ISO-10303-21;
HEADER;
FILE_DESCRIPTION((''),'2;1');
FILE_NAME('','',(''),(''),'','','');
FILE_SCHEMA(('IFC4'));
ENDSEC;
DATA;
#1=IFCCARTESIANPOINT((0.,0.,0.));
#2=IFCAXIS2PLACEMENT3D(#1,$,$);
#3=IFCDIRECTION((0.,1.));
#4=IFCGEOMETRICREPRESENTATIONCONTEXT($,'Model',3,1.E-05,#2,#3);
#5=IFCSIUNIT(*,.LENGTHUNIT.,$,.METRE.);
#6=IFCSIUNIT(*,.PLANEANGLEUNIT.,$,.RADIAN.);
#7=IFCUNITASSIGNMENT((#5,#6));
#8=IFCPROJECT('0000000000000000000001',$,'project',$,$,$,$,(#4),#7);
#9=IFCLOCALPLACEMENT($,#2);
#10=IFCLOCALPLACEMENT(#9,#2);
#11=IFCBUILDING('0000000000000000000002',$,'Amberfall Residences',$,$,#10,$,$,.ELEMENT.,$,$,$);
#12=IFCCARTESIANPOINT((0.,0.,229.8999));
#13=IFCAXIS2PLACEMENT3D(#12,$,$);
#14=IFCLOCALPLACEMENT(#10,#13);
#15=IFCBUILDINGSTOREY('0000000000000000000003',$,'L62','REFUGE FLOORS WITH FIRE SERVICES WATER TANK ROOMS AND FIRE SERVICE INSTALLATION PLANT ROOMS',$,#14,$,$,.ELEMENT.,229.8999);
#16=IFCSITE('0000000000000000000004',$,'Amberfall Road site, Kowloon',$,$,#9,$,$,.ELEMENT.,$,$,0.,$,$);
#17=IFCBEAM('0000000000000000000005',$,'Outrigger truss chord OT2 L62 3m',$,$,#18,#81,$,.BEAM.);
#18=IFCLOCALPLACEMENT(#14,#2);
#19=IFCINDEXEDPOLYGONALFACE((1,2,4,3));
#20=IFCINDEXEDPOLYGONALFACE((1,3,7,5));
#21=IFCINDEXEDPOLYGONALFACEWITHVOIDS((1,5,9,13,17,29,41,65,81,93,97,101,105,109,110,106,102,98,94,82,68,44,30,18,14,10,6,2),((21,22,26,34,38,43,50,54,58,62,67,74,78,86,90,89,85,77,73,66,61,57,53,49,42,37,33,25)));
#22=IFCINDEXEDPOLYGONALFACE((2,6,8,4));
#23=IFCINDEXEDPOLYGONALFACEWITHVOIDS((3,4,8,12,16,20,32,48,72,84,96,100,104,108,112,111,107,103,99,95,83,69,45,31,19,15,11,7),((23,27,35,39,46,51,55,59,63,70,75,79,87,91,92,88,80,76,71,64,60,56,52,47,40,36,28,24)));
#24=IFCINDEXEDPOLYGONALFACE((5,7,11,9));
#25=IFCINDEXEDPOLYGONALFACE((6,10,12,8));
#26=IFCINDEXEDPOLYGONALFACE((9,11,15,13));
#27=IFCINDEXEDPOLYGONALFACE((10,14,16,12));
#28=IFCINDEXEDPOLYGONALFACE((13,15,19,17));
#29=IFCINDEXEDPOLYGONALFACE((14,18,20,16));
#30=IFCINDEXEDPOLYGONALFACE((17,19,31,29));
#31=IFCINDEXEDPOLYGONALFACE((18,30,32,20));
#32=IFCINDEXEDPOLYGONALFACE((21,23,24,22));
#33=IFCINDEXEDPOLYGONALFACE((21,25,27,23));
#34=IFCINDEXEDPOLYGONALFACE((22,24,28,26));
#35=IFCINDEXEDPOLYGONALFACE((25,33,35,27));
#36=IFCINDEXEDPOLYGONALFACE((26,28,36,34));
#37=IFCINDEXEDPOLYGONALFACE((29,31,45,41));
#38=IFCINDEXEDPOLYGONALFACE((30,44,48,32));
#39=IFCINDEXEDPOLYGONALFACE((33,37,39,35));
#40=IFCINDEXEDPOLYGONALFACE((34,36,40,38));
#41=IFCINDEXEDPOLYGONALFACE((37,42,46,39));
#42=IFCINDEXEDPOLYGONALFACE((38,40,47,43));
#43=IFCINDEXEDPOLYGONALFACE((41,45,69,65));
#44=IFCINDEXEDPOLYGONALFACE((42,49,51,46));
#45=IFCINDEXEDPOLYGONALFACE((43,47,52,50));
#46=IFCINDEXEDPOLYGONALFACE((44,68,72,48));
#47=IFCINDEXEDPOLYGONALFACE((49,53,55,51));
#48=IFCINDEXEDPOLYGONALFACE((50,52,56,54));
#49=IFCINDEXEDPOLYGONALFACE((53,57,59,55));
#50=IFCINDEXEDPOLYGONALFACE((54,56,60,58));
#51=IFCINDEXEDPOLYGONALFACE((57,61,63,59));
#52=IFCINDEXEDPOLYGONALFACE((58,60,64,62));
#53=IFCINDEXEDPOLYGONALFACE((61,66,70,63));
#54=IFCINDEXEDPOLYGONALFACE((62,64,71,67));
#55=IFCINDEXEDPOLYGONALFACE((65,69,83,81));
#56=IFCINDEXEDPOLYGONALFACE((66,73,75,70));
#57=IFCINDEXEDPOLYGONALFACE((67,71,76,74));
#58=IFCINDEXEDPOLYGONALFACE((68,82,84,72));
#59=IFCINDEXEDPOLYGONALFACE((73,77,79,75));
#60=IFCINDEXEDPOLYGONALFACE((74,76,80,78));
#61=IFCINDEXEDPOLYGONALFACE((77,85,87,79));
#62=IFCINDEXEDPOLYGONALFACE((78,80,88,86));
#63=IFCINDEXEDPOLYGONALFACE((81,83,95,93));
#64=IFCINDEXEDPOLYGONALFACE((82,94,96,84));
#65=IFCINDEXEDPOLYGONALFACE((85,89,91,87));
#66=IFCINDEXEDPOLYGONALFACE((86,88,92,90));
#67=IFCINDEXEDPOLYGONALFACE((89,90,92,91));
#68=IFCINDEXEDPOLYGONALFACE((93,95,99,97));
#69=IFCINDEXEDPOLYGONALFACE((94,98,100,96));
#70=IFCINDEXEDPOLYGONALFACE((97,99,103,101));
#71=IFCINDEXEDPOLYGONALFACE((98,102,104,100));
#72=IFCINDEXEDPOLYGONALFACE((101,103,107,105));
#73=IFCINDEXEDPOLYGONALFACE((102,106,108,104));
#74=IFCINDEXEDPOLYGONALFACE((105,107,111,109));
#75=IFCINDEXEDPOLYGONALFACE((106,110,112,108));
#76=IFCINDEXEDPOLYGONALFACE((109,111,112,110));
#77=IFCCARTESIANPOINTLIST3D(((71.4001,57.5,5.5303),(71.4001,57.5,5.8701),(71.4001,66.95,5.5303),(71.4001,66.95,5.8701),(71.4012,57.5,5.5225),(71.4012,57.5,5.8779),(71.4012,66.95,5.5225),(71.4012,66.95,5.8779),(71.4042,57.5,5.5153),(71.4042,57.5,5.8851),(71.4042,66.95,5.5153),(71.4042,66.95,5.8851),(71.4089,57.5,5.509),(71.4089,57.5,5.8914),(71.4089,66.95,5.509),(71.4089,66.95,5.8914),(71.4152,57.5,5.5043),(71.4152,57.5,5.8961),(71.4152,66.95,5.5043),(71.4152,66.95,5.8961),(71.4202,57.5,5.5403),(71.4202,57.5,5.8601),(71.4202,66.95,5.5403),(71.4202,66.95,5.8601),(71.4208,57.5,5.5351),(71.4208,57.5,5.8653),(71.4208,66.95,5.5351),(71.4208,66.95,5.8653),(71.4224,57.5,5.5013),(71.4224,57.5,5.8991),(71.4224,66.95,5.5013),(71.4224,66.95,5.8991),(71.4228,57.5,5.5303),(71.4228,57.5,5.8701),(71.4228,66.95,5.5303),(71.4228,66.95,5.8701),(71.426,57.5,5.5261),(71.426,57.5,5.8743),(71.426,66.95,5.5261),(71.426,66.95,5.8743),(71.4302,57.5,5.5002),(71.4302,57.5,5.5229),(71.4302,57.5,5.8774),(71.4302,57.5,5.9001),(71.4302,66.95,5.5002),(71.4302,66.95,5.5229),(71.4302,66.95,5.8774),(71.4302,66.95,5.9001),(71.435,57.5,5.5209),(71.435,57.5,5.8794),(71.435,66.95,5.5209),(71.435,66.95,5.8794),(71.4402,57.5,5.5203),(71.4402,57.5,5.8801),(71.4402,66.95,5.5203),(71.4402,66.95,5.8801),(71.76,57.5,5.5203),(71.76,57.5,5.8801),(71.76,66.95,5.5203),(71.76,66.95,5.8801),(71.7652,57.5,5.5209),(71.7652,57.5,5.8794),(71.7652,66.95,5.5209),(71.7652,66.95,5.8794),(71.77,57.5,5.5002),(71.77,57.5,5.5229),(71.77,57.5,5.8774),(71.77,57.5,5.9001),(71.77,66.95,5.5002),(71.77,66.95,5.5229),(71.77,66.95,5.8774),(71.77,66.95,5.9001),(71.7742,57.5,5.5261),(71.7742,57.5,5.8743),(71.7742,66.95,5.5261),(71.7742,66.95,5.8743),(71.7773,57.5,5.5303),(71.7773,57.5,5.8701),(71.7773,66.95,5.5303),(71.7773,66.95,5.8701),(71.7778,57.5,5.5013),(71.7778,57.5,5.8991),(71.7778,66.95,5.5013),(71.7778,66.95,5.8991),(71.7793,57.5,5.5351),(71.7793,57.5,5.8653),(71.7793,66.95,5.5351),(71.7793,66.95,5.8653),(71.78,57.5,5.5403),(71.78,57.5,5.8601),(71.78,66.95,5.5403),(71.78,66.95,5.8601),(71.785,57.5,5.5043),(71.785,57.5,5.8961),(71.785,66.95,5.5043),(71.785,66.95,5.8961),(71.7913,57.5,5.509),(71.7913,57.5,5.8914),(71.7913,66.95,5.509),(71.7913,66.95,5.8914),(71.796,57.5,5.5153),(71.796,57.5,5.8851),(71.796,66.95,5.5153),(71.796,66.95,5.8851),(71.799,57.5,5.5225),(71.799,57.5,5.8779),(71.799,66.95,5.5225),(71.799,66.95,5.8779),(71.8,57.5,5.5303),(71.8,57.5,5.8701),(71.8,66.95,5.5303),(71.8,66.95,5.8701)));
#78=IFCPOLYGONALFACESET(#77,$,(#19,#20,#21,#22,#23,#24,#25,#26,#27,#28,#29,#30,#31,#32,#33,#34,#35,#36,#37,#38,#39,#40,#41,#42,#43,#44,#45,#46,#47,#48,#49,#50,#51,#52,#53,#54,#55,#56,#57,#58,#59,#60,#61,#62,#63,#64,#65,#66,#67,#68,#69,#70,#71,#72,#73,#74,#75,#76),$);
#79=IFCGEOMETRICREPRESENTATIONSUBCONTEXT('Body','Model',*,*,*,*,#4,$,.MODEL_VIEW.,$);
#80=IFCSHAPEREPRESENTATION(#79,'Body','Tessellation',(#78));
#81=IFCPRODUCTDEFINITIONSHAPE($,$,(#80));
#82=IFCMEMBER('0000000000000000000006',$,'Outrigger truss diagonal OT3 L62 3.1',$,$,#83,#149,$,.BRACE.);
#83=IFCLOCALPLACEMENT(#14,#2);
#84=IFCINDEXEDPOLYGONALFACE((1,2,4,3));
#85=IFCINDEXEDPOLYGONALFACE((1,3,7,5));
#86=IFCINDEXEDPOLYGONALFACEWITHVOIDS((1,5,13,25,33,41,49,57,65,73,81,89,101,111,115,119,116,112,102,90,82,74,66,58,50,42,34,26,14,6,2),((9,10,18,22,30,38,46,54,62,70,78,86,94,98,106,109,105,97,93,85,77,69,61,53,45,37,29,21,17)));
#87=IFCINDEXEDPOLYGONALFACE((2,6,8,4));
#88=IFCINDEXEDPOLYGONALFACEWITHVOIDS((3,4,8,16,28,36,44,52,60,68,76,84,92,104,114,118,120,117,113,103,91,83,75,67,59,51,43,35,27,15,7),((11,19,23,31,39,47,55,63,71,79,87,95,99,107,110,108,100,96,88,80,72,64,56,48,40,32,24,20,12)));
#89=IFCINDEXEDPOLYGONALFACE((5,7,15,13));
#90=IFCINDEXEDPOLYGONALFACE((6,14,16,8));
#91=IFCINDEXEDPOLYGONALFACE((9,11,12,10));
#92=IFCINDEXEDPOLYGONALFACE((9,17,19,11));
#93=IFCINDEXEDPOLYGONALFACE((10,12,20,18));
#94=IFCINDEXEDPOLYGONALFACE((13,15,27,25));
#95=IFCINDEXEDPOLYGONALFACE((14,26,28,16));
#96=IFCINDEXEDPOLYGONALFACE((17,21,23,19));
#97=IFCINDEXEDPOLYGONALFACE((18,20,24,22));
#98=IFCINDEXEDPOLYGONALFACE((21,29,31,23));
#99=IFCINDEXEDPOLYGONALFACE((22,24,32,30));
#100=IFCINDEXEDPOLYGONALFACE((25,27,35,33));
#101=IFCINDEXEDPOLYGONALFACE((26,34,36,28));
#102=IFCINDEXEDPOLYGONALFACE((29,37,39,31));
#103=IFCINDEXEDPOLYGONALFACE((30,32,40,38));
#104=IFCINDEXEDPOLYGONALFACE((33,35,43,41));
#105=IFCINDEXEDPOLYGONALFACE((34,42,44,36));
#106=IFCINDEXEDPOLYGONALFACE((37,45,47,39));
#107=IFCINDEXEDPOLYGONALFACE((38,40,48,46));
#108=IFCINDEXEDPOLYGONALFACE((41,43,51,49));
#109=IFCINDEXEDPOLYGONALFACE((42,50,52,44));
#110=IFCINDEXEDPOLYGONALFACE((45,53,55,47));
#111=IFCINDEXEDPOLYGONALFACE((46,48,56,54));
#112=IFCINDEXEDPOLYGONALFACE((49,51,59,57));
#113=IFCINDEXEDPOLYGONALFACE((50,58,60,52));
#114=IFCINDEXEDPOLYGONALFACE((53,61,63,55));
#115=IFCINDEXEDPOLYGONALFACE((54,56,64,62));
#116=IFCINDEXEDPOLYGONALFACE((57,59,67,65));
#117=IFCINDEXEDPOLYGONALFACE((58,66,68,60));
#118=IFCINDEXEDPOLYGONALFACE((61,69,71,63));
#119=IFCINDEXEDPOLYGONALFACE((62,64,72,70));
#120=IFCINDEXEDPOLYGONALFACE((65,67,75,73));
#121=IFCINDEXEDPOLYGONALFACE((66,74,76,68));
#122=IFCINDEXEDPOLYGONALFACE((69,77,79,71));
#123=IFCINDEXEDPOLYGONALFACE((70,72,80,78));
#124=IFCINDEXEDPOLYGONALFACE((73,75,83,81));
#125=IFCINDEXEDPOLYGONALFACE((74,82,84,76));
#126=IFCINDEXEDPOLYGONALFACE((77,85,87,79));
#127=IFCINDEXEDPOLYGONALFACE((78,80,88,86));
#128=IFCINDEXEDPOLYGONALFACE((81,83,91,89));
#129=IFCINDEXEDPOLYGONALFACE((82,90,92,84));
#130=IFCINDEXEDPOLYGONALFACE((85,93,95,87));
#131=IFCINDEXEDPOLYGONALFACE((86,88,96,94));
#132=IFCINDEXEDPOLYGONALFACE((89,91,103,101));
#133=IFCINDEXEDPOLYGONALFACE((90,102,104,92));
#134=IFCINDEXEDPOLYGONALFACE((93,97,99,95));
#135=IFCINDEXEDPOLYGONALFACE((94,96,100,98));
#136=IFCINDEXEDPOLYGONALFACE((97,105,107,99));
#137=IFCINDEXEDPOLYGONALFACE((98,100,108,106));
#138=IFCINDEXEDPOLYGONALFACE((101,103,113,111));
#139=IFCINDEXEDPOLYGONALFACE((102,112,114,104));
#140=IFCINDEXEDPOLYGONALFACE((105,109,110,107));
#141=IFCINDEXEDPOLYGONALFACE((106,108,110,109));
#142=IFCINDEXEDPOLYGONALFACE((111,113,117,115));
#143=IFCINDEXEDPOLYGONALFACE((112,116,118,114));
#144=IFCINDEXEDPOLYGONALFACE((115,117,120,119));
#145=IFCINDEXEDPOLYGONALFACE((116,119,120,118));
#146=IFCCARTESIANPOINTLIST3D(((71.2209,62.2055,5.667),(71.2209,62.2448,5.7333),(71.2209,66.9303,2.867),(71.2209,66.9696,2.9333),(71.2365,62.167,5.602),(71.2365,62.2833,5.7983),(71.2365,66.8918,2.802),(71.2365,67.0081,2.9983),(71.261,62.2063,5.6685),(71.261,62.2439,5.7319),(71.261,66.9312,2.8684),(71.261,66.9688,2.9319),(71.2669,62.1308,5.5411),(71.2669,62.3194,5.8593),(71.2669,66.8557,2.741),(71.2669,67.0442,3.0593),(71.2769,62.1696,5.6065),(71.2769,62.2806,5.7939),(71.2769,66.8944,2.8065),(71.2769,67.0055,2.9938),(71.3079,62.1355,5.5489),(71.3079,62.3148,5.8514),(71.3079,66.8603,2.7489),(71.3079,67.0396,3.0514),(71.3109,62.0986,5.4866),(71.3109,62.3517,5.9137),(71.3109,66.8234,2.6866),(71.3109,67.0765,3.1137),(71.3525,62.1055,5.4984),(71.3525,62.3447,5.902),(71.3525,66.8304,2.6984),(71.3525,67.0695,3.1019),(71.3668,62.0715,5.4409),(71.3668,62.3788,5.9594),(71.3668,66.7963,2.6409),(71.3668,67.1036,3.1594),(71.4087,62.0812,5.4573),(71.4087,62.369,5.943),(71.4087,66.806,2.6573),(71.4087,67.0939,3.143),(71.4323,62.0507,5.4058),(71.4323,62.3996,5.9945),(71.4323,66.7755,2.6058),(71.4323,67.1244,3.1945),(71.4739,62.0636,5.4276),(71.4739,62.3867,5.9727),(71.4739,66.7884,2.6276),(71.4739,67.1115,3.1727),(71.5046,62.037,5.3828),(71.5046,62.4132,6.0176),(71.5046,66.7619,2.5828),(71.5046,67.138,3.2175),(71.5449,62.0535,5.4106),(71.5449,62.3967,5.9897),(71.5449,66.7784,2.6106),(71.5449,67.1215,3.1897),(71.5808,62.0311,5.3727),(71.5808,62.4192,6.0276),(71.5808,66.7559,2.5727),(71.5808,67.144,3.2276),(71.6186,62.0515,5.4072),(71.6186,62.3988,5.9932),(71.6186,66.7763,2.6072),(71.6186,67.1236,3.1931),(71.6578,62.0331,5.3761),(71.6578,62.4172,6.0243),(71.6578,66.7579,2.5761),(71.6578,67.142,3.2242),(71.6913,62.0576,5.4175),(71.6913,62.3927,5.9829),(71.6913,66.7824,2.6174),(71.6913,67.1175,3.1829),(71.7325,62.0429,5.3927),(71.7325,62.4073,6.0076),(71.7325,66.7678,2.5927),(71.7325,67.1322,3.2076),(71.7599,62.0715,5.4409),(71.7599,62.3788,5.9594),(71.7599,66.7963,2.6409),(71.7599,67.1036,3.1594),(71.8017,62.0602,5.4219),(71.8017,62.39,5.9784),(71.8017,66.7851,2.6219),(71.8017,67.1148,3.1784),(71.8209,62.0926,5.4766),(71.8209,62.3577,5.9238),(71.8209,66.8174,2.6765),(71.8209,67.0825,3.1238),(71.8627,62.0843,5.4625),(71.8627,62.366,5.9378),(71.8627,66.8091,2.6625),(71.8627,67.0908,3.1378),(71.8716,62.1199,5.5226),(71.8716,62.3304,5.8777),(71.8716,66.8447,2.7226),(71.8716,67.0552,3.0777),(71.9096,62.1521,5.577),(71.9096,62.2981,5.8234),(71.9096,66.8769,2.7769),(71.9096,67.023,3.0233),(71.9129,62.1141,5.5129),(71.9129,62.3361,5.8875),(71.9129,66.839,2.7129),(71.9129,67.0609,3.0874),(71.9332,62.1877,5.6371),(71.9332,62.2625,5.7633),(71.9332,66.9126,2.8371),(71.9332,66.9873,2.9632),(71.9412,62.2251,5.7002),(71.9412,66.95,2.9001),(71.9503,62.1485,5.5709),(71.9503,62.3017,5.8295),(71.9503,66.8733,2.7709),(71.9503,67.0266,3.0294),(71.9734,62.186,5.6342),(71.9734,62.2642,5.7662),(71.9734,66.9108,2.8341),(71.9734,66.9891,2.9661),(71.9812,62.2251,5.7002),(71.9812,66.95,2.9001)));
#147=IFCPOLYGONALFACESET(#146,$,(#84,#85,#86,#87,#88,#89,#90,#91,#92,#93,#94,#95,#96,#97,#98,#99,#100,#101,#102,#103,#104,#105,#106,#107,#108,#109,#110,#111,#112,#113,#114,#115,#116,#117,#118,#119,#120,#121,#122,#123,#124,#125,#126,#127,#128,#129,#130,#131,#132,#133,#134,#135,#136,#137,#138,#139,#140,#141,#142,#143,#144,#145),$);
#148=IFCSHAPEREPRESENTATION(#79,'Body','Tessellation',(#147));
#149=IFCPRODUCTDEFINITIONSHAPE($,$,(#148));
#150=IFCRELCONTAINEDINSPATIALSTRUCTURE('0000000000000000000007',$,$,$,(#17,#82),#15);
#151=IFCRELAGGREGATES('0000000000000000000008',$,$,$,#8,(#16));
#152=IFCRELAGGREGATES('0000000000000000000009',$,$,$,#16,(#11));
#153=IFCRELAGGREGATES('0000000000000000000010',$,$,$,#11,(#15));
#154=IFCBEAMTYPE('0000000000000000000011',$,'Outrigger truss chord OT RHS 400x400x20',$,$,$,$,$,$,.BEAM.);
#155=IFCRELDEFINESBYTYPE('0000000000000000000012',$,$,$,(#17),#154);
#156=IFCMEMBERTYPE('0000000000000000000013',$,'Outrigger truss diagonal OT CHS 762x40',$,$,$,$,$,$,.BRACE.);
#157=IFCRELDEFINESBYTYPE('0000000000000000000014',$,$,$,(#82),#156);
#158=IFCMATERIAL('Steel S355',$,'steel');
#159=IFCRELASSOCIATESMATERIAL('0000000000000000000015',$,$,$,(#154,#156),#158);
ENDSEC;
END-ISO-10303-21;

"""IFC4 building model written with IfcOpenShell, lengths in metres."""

from ifc_helpers import new_model, si_unit, direction, frame, origin, origin_2d, place, context, subcontext, project, spatial, hollow_rectangle, hollow_circle, extrude, material, material_profile, profile_set, type_object, element, save


model = new_model("IFC4")

# Units and contexts
model_context = context("Model", 3, precision=1e-05, world=origin(), true_north=direction((0.0, 1.0)))
body_context = subcontext(model_context, "Body", "Model", "MODEL_VIEW")
ifc_project = project(units=[si_unit("LENGTHUNIT", "METRE"), si_unit("PLANEANGLEUNIT", "RADIAN")], contexts=[model_context])

# Site, building, storey
site_placement = place(None, origin())
site = spatial("IfcSite", under=ifc_project, at=site_placement, Name="Amberfall Road site, Kowloon", CompositionType="ELEMENT", RefElevation=0.0)
building_placement = place(site_placement, origin())
building = spatial("IfcBuilding", under=site, at=building_placement, Name="Amberfall Residences", CompositionType="ELEMENT")
storey_placement = place(building_placement, frame((0.0, 0.0, 229.8999)))
storey = spatial("IfcBuildingStorey", under=building, at=storey_placement, Name="L62", Description="REFUGE FLOORS WITH FIRE SERVICES WATER TANK ROOMS AND FIRE SERVICE INSTALLATION PLANT ROOMS", CompositionType="ELEMENT", Elevation=229.8999)

# Shared definitions
ifc_material_1 = material(Name="Steel S355", Category="steel")

# Beam
ifc_material_profile_1 = material_profile(ifc_material_1, hollow_rectangle(XDim=0.3999, YDim=0.3999, WallThickness=0.02, InnerFilletRadius=0.02, OuterFilletRadius=0.03, at=origin_2d()), Name="RHS 400x400x20")
ifc_profile_set_1 = profile_set([ifc_material_profile_1], Name="Steel S355")
beam_type_1 = type_object("IfcBeamType", Name="Outrigger truss chord OT RHS 400x400x20", PredefinedType="BEAM", material=ifc_profile_set_1)
for number, where, z_axis, x_axis, name in (
    (1, (71.6001, 66.95, 5.7002), (0.0, -1.0, 0.0), (1.0, 0.0, 0.0), "Outrigger truss chord OT2 L62 3m"),
):
    element("IfcBeam", number, at=place(storey_placement, frame(where, z_axis=z_axis, x_axis=x_axis)), inside=storey, type_object=beam_type_1, Name=name, PredefinedType="BEAM", context=body_context, shape_type="SweptSolid", body=[
        extrude(hollow_rectangle(XDim=0.3999, YDim=0.3999, WallThickness=0.02, InnerFilletRadius=0.02, OuterFilletRadius=0.03, at=origin_2d()), origin(), (0.0, 0.0, 1.0), 9.45),
    ])

# Member
ifc_material_profile_2 = material_profile(ifc_material_1, hollow_circle(Radius=0.3811, WallThickness=0.04, at=origin_2d()), Name="CHS 762x40")
ifc_profile_set_2 = profile_set([ifc_material_profile_2], Name="Steel S355")
member_type_1 = type_object("IfcMemberType", Name="Outrigger truss diagonal OT CHS 762x40", PredefinedType="BRACE", material=ifc_profile_set_2)
member_1_placement = place(storey_placement, frame((71.6001, 66.95, 2.9001), z_axis=(0.0, -0.860281, 0.509821), x_axis=(1.0, 0.0, 0.0)))
element("IfcMember", 2, at=member_1_placement, inside=storey, type_object=member_type_1, Name="Outrigger truss diagonal OT3 L62 3.1", PredefinedType="BRACE", context=body_context, shape_type="SweptSolid", body=[
    extrude(hollow_circle(Radius=0.3811, WallThickness=0.04, at=origin_2d()), origin(), (0.0, 0.0, 1.0), 5.4922),
])

save(model, "model.ifc")
